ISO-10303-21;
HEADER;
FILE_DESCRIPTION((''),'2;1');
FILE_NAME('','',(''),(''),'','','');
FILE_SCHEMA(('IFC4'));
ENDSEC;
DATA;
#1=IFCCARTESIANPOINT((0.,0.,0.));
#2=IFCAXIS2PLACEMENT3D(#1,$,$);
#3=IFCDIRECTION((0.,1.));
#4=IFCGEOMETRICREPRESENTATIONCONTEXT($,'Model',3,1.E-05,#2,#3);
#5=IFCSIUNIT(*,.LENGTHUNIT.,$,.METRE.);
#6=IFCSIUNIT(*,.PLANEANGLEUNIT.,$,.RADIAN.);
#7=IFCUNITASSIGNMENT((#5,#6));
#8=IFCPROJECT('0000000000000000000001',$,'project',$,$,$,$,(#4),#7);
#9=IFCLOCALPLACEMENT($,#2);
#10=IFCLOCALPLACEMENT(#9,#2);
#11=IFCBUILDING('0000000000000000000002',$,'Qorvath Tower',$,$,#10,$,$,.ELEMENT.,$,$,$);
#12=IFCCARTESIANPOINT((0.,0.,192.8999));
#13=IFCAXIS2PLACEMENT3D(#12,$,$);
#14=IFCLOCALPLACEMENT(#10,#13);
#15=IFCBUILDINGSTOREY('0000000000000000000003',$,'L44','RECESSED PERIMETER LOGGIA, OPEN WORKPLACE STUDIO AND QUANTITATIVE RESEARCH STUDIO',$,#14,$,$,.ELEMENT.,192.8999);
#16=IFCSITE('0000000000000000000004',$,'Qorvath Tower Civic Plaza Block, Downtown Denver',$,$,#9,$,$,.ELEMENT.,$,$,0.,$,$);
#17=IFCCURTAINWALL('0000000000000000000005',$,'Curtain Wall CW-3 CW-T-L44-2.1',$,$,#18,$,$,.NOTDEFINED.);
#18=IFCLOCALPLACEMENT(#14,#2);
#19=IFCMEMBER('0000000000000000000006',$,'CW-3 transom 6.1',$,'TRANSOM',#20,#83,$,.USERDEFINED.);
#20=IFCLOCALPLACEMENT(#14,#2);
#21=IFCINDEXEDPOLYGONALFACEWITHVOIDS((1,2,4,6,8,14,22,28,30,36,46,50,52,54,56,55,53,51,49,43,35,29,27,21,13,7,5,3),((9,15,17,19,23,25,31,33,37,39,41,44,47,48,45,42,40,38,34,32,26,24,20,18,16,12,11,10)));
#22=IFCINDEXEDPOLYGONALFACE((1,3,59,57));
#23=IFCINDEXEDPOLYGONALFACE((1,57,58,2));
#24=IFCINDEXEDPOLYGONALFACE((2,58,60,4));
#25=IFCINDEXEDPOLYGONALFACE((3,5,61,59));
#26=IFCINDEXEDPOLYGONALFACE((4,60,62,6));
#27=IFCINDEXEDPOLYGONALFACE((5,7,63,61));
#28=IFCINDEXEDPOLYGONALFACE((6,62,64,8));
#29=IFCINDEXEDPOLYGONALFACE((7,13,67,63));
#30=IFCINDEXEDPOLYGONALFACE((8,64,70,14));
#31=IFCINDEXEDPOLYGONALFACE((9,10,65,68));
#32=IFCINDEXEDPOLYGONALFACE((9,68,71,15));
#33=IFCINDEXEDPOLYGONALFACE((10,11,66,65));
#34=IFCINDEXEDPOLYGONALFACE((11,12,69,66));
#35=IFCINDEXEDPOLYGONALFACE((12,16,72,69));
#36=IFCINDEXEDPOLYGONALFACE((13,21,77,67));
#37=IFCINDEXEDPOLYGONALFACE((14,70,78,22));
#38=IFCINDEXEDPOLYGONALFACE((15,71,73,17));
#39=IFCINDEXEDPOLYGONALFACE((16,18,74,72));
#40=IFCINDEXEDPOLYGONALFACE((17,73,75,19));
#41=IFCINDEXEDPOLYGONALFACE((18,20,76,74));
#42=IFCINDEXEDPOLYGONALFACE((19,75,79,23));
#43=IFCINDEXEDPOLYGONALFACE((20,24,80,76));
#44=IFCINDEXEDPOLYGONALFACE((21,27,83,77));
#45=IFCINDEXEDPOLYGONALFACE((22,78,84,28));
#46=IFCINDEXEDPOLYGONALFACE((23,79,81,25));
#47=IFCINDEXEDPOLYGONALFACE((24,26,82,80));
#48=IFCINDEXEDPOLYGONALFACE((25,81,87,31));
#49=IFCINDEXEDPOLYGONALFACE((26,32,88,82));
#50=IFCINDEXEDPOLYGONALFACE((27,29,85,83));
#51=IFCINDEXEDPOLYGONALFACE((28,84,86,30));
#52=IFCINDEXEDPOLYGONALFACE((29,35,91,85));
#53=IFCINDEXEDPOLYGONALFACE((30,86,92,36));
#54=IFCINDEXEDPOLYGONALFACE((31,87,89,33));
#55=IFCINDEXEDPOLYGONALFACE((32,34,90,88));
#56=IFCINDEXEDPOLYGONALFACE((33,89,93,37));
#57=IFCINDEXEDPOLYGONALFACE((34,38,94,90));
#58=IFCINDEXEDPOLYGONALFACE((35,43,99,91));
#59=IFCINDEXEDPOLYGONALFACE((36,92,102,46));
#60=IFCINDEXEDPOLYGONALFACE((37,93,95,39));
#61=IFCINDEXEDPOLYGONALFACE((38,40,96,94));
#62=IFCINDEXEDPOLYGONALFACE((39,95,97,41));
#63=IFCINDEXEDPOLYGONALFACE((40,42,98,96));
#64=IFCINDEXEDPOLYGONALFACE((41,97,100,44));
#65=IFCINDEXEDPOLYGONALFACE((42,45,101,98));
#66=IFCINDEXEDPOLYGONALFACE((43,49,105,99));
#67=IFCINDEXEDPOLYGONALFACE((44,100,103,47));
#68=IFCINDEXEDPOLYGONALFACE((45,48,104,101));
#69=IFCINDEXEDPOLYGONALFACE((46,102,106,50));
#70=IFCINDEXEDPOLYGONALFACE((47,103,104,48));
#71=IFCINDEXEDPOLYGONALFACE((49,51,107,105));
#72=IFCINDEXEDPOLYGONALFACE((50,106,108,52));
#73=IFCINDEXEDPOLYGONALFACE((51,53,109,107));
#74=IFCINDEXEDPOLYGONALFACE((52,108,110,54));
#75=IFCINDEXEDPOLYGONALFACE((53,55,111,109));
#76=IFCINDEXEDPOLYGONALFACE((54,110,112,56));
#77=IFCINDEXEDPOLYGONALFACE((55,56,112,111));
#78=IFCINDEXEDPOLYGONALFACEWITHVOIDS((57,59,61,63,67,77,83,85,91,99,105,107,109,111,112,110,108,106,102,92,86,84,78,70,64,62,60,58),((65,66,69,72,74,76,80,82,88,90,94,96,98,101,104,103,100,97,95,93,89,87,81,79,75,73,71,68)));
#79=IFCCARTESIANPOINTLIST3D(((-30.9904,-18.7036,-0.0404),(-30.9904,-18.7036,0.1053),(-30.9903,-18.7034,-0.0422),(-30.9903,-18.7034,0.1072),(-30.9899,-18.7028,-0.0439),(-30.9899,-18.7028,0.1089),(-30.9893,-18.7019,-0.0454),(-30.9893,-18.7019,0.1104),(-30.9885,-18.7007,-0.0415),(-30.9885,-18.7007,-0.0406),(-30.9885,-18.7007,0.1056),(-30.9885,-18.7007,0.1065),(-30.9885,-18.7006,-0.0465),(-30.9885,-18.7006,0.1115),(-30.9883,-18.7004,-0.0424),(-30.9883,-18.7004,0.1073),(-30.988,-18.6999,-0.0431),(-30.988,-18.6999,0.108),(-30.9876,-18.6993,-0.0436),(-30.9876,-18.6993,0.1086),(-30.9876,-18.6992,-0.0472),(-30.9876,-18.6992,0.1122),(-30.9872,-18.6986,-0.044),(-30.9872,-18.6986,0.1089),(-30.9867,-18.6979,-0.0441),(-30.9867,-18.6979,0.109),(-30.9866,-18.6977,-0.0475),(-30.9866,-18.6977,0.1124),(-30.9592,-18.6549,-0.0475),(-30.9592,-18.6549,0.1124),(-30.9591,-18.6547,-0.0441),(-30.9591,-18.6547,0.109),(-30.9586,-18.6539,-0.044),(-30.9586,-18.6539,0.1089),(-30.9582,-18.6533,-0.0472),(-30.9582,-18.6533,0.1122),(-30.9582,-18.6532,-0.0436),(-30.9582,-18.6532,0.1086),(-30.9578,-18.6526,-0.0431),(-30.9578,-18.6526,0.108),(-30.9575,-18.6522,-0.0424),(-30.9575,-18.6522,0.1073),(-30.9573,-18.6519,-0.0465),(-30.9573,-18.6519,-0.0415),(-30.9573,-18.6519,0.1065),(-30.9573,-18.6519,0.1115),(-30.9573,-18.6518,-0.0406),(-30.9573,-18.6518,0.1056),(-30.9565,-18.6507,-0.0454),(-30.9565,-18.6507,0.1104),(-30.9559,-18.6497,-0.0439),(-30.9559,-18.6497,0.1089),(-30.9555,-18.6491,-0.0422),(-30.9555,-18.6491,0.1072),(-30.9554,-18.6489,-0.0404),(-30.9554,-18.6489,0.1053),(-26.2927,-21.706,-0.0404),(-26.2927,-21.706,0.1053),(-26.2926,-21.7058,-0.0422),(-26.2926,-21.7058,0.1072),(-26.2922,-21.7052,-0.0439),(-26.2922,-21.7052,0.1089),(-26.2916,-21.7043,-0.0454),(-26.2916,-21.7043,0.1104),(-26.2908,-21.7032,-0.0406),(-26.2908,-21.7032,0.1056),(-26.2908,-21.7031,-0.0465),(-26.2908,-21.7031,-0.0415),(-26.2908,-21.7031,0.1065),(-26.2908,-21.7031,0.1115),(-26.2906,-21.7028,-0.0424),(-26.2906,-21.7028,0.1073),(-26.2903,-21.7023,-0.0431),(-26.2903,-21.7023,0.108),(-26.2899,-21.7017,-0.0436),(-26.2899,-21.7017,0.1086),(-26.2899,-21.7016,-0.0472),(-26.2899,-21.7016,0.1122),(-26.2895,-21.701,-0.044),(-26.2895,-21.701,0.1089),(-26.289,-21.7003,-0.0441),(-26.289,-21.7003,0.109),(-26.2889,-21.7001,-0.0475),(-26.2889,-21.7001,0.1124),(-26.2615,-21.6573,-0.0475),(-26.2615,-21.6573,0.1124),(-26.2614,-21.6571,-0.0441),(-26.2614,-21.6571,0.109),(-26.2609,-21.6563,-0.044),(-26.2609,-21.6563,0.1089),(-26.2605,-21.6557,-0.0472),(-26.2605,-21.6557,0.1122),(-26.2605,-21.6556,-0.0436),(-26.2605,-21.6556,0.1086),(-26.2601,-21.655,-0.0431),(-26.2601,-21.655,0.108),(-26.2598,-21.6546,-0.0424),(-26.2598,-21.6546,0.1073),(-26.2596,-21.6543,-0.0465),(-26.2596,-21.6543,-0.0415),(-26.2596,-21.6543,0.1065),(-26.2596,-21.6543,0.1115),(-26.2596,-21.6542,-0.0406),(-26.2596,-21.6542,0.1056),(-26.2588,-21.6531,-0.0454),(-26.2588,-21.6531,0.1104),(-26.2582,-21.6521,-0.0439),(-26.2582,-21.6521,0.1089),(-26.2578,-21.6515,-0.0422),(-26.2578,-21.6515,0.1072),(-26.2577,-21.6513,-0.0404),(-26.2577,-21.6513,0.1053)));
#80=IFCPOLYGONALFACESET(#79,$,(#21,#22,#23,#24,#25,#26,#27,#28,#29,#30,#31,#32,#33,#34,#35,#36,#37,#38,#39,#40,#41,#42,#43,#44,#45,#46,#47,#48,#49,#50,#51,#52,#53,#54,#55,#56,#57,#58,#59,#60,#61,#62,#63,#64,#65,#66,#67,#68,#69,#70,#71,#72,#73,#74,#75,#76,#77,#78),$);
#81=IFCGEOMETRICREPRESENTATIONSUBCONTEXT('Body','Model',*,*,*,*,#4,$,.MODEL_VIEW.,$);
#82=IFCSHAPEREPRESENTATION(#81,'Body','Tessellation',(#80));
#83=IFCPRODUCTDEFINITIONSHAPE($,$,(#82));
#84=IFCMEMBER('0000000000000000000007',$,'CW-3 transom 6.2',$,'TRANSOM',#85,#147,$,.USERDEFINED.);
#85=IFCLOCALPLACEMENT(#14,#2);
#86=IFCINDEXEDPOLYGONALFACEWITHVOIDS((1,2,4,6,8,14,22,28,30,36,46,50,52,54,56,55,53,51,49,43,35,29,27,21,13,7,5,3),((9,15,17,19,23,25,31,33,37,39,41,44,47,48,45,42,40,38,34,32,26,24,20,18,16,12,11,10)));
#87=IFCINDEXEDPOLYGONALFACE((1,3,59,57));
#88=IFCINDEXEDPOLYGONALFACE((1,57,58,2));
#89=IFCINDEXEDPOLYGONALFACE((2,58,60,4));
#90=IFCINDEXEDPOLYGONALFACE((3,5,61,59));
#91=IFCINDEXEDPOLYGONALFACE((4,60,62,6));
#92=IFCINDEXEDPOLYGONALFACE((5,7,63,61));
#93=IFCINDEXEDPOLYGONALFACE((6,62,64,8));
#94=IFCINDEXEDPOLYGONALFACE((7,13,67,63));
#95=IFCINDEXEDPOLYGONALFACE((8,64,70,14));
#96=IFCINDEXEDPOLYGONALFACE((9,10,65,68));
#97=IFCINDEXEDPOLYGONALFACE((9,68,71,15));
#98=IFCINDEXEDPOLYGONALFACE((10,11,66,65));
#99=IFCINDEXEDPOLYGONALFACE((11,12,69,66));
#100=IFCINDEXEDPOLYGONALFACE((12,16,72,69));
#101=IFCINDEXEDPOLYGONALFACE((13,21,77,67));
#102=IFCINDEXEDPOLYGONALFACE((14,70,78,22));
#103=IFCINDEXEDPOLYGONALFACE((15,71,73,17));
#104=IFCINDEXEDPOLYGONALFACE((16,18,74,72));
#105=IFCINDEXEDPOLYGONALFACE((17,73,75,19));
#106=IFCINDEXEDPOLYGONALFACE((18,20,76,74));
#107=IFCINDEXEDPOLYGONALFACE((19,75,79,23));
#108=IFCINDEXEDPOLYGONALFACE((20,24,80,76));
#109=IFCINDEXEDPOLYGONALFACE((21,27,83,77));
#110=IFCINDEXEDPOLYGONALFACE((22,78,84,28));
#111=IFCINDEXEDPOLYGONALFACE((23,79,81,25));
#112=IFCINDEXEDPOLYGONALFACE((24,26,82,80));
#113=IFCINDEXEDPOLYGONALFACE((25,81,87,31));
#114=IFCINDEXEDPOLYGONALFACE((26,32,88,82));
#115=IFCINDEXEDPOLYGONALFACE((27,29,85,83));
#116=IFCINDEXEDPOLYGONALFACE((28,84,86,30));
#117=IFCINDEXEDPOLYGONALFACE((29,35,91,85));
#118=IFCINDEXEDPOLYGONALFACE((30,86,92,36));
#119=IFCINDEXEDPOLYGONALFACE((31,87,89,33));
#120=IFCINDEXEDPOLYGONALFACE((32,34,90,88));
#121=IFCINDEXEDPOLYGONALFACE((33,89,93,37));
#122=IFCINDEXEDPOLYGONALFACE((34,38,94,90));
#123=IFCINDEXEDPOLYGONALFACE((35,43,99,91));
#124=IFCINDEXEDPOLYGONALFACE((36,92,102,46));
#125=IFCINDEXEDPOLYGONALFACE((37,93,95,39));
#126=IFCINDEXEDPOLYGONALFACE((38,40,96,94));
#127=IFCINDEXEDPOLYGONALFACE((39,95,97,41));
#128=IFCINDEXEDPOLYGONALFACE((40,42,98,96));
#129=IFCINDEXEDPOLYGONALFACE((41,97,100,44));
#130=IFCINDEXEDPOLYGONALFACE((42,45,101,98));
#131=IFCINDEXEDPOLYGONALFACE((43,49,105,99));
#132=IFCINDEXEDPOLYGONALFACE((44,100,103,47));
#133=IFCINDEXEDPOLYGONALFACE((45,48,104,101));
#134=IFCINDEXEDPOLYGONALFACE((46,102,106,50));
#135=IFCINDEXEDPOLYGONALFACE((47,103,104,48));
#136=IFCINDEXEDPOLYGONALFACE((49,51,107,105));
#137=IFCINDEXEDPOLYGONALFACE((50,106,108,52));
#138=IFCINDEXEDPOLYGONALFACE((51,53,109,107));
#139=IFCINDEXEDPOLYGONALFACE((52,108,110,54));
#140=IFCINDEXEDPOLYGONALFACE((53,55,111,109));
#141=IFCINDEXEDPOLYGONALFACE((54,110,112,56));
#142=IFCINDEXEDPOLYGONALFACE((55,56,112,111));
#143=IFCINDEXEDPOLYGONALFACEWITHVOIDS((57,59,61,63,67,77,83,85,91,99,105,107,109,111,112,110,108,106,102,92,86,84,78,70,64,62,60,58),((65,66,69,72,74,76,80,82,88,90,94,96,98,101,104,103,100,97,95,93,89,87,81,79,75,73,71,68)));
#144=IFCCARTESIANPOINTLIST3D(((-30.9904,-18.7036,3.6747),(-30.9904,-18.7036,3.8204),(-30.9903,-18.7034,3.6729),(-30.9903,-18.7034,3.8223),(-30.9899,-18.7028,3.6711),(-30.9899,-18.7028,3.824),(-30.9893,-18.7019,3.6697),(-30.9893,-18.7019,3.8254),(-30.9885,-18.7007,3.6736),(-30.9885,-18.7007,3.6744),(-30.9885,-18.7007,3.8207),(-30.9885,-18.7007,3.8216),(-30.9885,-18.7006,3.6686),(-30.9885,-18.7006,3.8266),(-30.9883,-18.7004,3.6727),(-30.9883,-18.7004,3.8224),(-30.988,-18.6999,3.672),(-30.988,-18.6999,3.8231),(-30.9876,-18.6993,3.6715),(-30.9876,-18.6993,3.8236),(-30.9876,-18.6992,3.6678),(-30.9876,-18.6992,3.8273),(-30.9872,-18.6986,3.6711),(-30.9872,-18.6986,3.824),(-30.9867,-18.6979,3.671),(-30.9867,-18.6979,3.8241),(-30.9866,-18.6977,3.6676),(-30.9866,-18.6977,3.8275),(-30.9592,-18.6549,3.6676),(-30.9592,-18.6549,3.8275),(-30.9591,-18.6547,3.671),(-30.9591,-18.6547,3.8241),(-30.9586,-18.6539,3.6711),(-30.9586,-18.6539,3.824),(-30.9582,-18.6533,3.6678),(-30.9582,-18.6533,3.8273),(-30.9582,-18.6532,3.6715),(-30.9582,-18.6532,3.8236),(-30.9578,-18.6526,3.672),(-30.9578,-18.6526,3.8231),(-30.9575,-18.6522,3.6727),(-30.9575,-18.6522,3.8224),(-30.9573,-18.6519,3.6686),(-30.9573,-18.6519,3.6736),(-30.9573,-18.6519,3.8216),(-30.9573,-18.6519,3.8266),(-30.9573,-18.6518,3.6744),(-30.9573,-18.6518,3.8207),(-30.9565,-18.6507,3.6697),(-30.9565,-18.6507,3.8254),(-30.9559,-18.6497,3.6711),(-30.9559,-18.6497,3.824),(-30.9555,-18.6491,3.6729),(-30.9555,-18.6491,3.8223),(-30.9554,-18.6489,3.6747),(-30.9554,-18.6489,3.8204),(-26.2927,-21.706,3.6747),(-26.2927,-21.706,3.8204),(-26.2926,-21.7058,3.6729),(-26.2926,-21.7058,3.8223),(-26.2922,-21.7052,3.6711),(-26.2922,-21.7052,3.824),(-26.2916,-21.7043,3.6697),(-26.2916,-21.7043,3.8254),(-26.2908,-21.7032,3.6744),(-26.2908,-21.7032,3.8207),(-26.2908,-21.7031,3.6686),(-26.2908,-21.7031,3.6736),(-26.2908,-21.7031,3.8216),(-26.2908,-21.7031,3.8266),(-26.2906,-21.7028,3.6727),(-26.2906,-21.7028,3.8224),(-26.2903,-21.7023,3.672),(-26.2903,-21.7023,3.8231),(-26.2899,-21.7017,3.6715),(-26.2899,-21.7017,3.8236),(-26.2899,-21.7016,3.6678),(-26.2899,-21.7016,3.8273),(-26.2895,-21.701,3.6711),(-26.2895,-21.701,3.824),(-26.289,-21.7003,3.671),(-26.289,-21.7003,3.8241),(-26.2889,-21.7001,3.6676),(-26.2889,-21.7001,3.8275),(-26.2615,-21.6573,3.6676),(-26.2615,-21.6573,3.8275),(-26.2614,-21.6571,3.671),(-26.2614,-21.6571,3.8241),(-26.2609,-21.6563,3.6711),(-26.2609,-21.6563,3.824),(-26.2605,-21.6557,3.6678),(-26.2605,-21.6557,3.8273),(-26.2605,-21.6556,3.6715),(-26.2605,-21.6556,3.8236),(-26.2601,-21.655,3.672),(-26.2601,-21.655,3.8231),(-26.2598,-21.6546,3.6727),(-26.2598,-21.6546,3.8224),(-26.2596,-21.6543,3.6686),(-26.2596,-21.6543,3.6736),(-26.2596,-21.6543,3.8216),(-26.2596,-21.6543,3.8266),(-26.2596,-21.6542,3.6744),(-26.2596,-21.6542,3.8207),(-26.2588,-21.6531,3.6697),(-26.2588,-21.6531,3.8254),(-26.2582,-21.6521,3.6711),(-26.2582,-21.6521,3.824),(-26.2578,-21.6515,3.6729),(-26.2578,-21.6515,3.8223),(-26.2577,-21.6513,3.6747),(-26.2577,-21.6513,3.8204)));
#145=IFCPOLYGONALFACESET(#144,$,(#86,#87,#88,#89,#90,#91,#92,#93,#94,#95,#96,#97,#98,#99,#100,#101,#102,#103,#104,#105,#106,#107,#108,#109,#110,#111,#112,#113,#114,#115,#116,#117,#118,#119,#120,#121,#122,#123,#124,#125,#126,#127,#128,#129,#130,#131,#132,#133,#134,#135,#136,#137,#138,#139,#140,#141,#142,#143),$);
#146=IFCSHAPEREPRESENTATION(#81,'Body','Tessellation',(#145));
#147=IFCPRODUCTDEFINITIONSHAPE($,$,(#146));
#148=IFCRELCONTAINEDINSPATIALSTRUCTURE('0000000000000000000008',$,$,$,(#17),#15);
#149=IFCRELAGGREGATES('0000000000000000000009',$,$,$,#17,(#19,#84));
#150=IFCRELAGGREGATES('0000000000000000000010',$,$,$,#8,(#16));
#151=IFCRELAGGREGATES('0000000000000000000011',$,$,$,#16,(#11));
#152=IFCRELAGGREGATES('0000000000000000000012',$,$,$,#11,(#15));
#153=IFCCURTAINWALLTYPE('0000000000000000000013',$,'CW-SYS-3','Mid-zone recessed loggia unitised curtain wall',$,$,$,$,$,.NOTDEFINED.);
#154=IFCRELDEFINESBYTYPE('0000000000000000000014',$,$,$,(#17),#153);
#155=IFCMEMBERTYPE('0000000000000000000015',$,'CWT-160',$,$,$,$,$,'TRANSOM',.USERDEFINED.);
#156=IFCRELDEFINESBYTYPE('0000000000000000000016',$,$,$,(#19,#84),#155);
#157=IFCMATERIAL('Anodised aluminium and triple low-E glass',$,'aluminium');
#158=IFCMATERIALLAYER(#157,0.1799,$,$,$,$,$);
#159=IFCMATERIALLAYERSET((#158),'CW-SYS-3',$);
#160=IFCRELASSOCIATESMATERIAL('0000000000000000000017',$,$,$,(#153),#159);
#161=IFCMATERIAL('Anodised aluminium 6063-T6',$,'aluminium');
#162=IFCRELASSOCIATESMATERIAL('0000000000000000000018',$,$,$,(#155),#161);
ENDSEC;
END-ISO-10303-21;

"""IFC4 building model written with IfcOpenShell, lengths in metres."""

from ifc_helpers import new_model, si_unit, direction, frame, origin, origin_2d, place, context, subcontext, project, spatial, hollow_rectangle, extrude, material, layer, layer_set, material_profile, profile_set, type_object, element, aggregate, save


model = new_model("IFC4")

# Units and contexts
model_context = context("Model", 3, precision=1e-05, world=origin(), true_north=direction((0.0, 1.0)))
body_context = subcontext(model_context, "Body", "Model", "MODEL_VIEW")
ifc_project = project(units=[si_unit("LENGTHUNIT", "METRE"), si_unit("PLANEANGLEUNIT", "RADIAN")], contexts=[model_context])

# Site, building, storey
site_placement = place(None, origin())
site = spatial("IfcSite", under=ifc_project, at=site_placement, Name="Qorvath Tower Civic Plaza Block, Downtown Denver", CompositionType="ELEMENT", RefElevation=0.0)
building_placement = place(site_placement, origin())
building = spatial("IfcBuilding", under=site, at=building_placement, Name="Qorvath Tower", CompositionType="ELEMENT")
storey_placement = place(building_placement, frame((0.0, 0.0, 192.8999)))
storey = spatial("IfcBuildingStorey", under=building, at=storey_placement, Name="L44", Description="RECESSED PERIMETER LOGGIA, OPEN WORKPLACE STUDIO AND QUANTITATIVE RESEARCH STUDIO", CompositionType="ELEMENT", Elevation=192.8999)

# Curtain wall, members
ifc_material_1 = material(Name="Anodised aluminium and triple low-E glass", Category="aluminium")
ifc_layer_1 = layer(ifc_material_1, 0.1799)
ifc_layer_set_1 = layer_set([ifc_layer_1], Name="CW-SYS-3")
curtain_wall_type = type_object("IfcCurtainWallType", Name="CW-SYS-3", Description="Mid-zone recessed loggia unitised curtain wall", PredefinedType="NOTDEFINED", material=ifc_layer_set_1)
curtain_wall_placement = place(storey_placement, origin())
curtain_wall = element("IfcCurtainWall", 1, at=curtain_wall_placement, inside=storey, type_object=curtain_wall_type, Name="Curtain Wall CW-3 CW-T-L44-2.1", PredefinedType="NOTDEFINED")
ifc_material_2 = material(Name="Anodised aluminium 6063-T6", Category="aluminium")
ifc_material_profile_1 = material_profile(ifc_material_2, hollow_rectangle(XDim=0.0649, YDim=0.1599, WallThickness=0.0034, InnerFilletRadius=0.0034, OuterFilletRadius=0.0071, at=origin_2d()), Name="CWT 160x65")
ifc_profile_set_1 = profile_set([ifc_material_profile_1], Name="Anodised aluminium 6063-T6")
member_type_1 = type_object("IfcMemberType", Name="CWT-160", ElementType="TRANSOM", PredefinedType="USERDEFINED", material=ifc_profile_set_1)
member_1_placement = place(storey_placement, frame((-30.9729, -18.6763, 0.0325), z_axis=(0.842607, -0.538529, 0.0), x_axis=(0.538529, 0.842607, 0.0)))
member_1 = element("IfcMember", 2, at=member_1_placement, type_object=member_type_1, Name="CW-3 transom 6.1", ObjectType="TRANSOM", PredefinedType="USERDEFINED", context=body_context, shape_type="SweptSolid", body=[
    extrude(hollow_rectangle(XDim=0.0649, YDim=0.1599, WallThickness=0.0034, InnerFilletRadius=0.0034, OuterFilletRadius=0.0071, at=origin_2d()), origin(), (0.0, 0.0, 1.0), 5.5752),
])
member_2_placement = place(storey_placement, frame((-30.9729, -18.6763, 3.7476), z_axis=(0.842607, -0.538529, 0.0), x_axis=(0.538529, 0.842607, 0.0)))
member_2 = element("IfcMember", 3, at=member_2_placement, type_object=member_type_1, Name="CW-3 transom 6.2", ObjectType="TRANSOM", PredefinedType="USERDEFINED", context=body_context, shape_type="SweptSolid", body=[
    extrude(hollow_rectangle(XDim=0.0649, YDim=0.1599, WallThickness=0.0034, InnerFilletRadius=0.0034, OuterFilletRadius=0.0071, at=origin_2d()), origin(), (0.0, 0.0, 1.0), 5.5752),
])
aggregate(curtain_wall, [member_1, member_2])

save(model, "model.ifc")
